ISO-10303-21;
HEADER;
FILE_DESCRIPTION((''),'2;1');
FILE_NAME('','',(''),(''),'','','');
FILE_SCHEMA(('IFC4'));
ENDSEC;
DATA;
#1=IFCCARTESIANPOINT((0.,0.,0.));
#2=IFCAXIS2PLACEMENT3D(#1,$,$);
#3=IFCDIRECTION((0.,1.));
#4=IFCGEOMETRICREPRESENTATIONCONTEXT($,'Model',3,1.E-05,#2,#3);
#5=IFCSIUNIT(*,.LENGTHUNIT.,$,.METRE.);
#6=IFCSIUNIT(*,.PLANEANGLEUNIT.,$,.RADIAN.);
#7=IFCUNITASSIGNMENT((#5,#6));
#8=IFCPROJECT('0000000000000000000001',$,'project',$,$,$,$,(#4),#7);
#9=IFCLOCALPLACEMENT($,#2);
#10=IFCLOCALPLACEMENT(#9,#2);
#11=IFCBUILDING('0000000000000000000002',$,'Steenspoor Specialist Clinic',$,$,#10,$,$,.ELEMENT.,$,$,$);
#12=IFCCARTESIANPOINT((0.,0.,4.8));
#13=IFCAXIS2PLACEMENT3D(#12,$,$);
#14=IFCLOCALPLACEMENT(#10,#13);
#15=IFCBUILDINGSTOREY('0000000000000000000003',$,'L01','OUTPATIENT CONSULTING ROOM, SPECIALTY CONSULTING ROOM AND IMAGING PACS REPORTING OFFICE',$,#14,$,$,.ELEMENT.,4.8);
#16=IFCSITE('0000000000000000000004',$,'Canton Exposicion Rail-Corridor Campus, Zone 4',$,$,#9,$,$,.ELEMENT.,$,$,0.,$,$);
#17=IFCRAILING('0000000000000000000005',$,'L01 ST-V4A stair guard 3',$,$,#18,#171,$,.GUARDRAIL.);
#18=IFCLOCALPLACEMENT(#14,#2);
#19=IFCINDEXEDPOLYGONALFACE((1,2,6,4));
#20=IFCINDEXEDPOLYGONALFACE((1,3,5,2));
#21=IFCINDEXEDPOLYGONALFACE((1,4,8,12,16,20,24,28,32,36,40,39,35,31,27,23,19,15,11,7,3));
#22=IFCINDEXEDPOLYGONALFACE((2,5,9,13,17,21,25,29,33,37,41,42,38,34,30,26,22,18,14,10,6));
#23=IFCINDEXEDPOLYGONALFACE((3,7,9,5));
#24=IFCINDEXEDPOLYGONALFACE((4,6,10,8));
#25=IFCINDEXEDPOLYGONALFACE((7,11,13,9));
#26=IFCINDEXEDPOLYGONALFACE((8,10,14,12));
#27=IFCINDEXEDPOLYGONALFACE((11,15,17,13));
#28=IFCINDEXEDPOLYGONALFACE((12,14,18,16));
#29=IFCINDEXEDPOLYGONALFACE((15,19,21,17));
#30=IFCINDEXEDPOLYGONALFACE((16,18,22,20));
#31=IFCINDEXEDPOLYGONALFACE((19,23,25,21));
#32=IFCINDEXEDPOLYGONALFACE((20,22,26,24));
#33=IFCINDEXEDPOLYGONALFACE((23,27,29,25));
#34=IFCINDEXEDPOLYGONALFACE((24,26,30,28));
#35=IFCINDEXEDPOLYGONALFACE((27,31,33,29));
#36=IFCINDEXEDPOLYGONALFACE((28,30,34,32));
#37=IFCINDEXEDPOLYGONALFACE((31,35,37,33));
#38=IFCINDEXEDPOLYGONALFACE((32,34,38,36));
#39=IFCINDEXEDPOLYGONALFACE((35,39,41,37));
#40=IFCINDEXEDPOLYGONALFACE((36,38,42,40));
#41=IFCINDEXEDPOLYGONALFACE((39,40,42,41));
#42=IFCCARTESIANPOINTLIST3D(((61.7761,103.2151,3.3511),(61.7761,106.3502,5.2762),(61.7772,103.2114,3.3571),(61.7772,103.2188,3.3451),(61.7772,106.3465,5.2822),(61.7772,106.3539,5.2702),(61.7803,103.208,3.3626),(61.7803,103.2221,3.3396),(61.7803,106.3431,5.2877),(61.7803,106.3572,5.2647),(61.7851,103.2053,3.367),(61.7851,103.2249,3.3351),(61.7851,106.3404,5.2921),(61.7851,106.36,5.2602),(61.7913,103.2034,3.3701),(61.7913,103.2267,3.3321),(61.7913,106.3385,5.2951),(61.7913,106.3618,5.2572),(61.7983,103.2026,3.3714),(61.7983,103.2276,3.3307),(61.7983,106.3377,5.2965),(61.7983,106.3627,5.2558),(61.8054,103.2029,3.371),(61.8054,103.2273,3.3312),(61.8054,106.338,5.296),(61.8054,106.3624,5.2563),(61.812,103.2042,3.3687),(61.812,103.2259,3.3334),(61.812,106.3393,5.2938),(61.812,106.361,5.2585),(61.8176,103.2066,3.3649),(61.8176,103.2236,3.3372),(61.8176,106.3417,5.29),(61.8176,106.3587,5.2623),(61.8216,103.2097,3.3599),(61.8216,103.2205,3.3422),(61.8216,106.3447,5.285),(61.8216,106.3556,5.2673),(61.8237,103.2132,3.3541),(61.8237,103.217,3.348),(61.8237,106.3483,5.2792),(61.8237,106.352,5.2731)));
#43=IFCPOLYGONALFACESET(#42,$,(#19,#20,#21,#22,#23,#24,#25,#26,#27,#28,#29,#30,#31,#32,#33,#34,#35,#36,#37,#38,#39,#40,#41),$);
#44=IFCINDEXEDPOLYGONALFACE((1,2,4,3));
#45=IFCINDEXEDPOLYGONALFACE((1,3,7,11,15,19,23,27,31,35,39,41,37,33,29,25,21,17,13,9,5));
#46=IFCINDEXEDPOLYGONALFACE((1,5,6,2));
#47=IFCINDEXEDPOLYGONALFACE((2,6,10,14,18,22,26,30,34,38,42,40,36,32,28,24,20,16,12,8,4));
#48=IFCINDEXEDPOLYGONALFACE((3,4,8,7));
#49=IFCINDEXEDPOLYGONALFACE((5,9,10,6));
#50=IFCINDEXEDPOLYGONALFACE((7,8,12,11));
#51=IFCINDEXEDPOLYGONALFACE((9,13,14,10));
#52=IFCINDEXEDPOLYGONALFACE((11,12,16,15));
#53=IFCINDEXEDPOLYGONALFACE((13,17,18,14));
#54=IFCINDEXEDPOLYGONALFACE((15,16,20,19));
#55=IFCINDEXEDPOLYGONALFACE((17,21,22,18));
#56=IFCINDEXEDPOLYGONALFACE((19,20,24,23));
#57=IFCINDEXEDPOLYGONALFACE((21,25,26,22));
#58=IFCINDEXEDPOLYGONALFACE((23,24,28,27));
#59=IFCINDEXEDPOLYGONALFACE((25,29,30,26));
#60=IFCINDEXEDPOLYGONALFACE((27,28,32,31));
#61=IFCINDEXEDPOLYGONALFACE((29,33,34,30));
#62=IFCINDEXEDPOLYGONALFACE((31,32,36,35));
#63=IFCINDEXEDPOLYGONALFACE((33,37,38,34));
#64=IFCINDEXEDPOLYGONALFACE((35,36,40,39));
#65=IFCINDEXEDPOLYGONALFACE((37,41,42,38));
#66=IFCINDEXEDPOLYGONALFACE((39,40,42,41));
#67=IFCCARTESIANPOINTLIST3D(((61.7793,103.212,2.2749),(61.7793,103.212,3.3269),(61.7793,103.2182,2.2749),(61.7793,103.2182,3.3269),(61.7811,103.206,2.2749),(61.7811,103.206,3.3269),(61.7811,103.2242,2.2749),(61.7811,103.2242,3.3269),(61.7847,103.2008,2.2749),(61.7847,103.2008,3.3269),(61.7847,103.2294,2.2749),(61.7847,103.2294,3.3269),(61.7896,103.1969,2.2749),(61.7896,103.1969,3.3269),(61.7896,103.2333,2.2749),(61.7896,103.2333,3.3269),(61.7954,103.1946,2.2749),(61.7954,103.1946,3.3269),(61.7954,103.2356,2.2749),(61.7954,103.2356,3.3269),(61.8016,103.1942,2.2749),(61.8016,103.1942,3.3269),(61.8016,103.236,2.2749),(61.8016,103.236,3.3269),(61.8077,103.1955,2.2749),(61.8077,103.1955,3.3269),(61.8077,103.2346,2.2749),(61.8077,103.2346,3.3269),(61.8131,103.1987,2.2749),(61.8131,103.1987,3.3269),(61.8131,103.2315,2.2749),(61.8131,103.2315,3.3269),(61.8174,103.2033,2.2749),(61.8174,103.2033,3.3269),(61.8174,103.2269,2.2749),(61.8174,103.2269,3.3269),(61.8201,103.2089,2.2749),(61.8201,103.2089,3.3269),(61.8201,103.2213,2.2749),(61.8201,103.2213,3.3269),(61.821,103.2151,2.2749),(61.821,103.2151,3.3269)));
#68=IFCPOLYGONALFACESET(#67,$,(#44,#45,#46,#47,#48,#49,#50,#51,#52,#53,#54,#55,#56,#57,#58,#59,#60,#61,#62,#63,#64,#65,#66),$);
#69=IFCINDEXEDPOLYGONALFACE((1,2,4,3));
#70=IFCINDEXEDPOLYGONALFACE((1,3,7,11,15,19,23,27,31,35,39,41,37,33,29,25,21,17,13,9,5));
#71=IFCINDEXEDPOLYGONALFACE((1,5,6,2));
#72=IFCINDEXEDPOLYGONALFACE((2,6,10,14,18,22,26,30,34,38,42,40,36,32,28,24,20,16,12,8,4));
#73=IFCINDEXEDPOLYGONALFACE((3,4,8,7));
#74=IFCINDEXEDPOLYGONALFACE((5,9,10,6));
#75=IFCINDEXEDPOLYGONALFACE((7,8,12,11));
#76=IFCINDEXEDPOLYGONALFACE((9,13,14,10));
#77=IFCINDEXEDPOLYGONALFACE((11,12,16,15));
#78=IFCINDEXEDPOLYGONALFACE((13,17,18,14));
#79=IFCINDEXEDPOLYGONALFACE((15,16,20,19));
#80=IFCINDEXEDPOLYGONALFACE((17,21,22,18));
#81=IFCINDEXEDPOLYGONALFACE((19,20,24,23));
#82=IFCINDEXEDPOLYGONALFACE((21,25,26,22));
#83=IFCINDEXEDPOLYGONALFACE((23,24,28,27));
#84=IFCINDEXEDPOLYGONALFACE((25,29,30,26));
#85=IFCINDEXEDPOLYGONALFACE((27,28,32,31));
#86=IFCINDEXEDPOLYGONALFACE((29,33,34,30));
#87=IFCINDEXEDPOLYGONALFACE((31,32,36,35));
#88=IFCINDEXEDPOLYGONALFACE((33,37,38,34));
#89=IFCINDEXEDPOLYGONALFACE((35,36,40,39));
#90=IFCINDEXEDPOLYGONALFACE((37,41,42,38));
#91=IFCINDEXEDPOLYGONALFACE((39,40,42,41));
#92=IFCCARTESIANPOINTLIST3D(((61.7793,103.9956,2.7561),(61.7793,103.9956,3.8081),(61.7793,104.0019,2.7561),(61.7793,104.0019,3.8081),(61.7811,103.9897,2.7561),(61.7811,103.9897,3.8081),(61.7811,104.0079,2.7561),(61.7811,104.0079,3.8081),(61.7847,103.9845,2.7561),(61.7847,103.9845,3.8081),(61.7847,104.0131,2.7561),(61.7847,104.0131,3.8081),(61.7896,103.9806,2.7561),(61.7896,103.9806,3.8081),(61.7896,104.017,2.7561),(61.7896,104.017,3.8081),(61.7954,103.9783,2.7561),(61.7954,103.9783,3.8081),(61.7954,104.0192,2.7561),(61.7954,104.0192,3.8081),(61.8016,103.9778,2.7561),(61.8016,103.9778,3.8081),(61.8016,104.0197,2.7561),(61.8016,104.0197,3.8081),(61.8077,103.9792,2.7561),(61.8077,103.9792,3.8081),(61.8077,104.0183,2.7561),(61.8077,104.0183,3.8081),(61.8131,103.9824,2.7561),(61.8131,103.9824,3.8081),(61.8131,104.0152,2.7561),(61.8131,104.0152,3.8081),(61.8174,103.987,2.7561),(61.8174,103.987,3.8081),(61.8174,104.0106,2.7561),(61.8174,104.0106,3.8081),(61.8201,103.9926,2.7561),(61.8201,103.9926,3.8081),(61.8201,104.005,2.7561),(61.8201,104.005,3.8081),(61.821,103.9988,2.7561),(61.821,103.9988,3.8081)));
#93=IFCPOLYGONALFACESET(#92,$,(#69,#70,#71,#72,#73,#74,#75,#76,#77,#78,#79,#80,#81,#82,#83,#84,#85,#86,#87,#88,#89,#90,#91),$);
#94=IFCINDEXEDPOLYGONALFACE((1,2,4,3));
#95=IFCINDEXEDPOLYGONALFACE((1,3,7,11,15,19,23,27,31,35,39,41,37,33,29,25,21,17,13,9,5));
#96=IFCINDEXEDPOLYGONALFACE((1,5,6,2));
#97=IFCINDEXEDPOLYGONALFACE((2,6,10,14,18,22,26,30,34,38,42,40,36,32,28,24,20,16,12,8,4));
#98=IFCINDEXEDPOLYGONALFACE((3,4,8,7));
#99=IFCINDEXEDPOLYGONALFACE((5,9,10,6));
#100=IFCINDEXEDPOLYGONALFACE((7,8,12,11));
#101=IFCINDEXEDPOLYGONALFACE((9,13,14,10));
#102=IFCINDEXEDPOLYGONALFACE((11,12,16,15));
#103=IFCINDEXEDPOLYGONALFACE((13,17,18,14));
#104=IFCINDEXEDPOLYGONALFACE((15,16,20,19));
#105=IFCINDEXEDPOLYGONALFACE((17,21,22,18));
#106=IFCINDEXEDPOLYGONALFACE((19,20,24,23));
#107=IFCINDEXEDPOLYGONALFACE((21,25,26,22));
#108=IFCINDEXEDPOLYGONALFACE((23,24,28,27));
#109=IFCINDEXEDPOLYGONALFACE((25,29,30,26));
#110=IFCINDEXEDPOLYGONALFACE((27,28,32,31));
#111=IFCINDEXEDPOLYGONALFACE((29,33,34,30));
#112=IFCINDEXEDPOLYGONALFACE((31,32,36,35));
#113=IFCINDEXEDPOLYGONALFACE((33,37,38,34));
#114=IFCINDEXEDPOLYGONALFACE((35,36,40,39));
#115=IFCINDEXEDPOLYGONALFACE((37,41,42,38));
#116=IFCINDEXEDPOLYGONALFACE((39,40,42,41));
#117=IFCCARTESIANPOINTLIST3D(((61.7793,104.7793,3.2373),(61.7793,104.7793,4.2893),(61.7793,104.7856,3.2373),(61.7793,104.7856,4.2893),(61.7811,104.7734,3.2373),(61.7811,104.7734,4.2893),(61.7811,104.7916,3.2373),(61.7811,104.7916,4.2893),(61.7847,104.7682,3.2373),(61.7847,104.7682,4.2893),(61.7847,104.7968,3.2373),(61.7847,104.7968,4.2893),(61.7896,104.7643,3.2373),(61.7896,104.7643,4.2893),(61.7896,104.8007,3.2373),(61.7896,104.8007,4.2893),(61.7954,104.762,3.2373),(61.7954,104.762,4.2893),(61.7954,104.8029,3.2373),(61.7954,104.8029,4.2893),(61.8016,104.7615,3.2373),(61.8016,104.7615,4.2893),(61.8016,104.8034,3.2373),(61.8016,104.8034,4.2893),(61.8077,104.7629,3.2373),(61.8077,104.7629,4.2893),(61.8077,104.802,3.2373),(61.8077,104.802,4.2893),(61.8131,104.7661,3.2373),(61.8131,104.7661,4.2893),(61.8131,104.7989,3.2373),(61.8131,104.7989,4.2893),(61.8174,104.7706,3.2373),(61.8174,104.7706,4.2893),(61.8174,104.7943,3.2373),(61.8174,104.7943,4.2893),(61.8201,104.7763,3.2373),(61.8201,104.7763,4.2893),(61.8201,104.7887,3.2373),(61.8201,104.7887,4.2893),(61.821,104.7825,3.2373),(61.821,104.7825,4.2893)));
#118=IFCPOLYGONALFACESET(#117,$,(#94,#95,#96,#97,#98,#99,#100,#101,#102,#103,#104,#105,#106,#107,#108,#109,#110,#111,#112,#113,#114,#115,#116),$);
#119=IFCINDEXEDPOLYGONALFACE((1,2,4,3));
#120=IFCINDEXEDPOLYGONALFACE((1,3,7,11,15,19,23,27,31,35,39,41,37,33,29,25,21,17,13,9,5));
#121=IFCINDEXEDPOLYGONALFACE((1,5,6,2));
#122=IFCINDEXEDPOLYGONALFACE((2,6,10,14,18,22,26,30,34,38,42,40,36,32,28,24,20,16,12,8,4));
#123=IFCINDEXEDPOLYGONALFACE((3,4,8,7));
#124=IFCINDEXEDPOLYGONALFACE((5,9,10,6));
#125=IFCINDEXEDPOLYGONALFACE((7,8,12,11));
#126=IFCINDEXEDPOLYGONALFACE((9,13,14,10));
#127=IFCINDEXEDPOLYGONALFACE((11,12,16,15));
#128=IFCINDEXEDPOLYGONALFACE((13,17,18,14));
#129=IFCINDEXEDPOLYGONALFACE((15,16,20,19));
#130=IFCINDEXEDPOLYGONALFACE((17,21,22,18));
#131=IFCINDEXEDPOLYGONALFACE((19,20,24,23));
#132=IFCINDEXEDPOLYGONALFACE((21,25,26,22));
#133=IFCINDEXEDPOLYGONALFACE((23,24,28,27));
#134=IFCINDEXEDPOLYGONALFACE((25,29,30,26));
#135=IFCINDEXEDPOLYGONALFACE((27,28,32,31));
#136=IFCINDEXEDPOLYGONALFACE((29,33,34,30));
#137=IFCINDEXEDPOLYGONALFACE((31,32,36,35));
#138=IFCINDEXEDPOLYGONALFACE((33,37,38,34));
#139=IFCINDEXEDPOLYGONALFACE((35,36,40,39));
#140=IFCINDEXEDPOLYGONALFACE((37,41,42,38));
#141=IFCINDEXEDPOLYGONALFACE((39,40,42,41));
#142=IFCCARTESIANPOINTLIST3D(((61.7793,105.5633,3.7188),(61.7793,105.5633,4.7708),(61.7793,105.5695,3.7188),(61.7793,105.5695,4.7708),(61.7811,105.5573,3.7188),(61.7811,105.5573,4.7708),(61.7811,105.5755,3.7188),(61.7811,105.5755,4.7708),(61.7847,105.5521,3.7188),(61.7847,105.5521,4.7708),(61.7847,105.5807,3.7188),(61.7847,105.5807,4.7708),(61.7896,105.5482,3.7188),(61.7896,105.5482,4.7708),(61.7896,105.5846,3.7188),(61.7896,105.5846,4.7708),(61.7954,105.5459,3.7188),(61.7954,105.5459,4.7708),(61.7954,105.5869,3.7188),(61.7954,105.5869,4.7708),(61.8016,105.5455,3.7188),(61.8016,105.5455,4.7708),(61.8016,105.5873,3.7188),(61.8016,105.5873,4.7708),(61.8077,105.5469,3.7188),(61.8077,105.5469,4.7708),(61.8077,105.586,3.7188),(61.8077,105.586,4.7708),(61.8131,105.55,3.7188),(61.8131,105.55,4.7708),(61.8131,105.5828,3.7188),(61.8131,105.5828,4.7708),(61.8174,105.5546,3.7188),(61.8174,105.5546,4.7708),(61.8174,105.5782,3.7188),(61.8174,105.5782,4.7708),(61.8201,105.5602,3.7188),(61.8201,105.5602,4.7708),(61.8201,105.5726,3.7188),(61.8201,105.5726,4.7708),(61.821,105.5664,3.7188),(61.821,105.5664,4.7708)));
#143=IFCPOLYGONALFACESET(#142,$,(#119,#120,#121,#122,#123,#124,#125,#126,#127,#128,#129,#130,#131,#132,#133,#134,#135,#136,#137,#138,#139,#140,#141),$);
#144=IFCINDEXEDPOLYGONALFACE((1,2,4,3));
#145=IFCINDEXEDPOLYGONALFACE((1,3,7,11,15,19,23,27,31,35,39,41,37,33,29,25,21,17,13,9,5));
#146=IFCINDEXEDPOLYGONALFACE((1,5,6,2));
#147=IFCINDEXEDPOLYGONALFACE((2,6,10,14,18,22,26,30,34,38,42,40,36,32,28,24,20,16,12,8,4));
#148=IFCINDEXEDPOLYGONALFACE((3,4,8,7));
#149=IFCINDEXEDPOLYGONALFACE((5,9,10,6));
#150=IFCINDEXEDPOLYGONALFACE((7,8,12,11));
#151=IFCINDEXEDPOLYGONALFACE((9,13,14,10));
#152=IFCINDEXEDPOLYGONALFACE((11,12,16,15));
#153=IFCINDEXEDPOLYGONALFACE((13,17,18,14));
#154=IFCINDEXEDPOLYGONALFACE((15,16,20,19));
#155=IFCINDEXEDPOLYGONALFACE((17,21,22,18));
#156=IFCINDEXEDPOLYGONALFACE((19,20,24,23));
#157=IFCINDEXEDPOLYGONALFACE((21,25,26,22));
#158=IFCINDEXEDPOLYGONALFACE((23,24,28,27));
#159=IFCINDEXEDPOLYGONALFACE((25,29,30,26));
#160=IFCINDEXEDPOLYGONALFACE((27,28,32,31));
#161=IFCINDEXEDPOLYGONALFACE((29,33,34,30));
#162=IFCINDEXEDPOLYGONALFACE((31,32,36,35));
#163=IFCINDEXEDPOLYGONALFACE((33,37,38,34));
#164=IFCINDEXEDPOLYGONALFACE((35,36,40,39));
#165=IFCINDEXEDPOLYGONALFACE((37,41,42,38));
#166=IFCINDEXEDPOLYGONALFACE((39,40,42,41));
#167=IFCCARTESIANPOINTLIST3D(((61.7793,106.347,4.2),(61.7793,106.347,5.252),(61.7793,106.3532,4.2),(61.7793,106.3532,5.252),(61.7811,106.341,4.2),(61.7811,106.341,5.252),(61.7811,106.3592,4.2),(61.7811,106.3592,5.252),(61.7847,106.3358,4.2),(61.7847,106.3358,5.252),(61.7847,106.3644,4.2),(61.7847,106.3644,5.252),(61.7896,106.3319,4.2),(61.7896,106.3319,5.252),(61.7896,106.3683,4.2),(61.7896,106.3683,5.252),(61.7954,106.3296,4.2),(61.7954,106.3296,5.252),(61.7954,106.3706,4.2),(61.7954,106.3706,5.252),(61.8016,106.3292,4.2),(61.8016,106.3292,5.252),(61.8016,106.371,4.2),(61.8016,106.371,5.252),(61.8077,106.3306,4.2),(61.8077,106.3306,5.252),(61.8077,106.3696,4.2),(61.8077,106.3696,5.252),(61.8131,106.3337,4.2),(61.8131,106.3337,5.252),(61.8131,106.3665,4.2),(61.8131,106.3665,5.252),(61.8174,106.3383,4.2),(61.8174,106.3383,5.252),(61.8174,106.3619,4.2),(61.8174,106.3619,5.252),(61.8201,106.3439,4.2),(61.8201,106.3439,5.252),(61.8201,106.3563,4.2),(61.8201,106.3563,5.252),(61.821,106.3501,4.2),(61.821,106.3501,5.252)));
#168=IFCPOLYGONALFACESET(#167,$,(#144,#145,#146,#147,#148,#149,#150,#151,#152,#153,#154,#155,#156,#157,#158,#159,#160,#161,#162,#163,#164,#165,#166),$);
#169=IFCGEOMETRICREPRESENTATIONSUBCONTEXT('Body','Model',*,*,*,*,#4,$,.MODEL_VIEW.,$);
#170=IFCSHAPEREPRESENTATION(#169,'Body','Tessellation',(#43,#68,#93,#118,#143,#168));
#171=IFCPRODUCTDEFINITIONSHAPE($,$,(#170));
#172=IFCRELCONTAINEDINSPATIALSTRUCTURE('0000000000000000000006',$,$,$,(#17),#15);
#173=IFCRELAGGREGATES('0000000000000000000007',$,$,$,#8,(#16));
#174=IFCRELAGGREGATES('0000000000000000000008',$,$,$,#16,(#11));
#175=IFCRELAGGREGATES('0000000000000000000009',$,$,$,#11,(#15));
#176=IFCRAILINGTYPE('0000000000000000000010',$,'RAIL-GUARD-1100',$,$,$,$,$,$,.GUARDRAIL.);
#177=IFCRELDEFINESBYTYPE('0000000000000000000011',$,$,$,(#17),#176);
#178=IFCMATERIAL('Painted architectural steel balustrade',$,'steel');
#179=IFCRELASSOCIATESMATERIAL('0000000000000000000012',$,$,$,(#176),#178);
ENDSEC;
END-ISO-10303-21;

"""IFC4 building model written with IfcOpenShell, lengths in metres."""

from ifc_helpers import new_model, si_unit, direction, frame, origin, origin_2d, place, context, subcontext, project, spatial, circle, extrude, material, type_object, element, save


model = new_model("IFC4")

# Units and contexts
model_context = context("Model", 3, precision=1e-05, world=origin(), true_north=direction((0.0, 1.0)))
body_context = subcontext(model_context, "Body", "Model", "MODEL_VIEW")
ifc_project = project(units=[si_unit("LENGTHUNIT", "METRE"), si_unit("PLANEANGLEUNIT", "RADIAN")], contexts=[model_context])

# Site, building, storey
site_placement = place(None, origin())
site = spatial("IfcSite", under=ifc_project, at=site_placement, Name="Canton Exposicion Rail-Corridor Campus, Zone 4", CompositionType="ELEMENT", RefElevation=0.0)
building_placement = place(site_placement, origin())
building = spatial("IfcBuilding", under=site, at=building_placement, Name="Steenspoor Specialist Clinic", CompositionType="ELEMENT")
storey_placement = place(building_placement, frame((0.0, 0.0, 4.8)))
storey = spatial("IfcBuildingStorey", under=building, at=storey_placement, Name="L01", Description="OUTPATIENT CONSULTING ROOM, SPECIALTY CONSULTING ROOM AND IMAGING PACS REPORTING OFFICE", CompositionType="ELEMENT", Elevation=4.8)

# Railing
ifc_material_1 = material(Name="Painted architectural steel balustrade", Category="steel")
railing_type_1 = type_object("IfcRailingType", Name="RAIL-GUARD-1100", PredefinedType="GUARDRAIL", material=ifc_material_1)
railing_1_placement = place(storey_placement, frame((61.8, 103.2151, 2.2749)))
element("IfcRailing", 1, at=railing_1_placement, inside=storey, type_object=railing_type_1, Name="L01 ST-V4A stair guard 3", PredefinedType="GUARDRAIL", context=body_context, shape_type="SweptSolid", body=[
    extrude(circle(Radius=0.0239, at=origin_2d()), frame((0.0, 0.0, 1.0762), z_axis=(0.0, 0.852166, 0.523271), x_axis=(-1.0, 0.0, 0.0)), (0.0, 0.0, 1.0), 3.679),
    extrude(circle(Radius=0.021, at=origin_2d()), origin(), (0.0, 0.0, 1.0), 1.052),
    extrude(circle(Radius=0.021, at=origin_2d()), frame((0.0, 0.7837, 0.4812)), (0.0, 0.0, 1.0), 1.052),
    extrude(circle(Radius=0.021, at=origin_2d()), frame((0.0, 1.5674, 0.9624)), (0.0, 0.0, 1.0), 1.052),
    extrude(circle(Radius=0.021, at=origin_2d()), frame((0.0, 2.3513, 1.4438)), (0.0, 0.0, 1.0), 1.052),
    extrude(circle(Radius=0.021, at=origin_2d()), frame((0.0, 3.135, 1.925)), (0.0, 0.0, 1.0), 1.052),
])

save(model, "model.ifc")
